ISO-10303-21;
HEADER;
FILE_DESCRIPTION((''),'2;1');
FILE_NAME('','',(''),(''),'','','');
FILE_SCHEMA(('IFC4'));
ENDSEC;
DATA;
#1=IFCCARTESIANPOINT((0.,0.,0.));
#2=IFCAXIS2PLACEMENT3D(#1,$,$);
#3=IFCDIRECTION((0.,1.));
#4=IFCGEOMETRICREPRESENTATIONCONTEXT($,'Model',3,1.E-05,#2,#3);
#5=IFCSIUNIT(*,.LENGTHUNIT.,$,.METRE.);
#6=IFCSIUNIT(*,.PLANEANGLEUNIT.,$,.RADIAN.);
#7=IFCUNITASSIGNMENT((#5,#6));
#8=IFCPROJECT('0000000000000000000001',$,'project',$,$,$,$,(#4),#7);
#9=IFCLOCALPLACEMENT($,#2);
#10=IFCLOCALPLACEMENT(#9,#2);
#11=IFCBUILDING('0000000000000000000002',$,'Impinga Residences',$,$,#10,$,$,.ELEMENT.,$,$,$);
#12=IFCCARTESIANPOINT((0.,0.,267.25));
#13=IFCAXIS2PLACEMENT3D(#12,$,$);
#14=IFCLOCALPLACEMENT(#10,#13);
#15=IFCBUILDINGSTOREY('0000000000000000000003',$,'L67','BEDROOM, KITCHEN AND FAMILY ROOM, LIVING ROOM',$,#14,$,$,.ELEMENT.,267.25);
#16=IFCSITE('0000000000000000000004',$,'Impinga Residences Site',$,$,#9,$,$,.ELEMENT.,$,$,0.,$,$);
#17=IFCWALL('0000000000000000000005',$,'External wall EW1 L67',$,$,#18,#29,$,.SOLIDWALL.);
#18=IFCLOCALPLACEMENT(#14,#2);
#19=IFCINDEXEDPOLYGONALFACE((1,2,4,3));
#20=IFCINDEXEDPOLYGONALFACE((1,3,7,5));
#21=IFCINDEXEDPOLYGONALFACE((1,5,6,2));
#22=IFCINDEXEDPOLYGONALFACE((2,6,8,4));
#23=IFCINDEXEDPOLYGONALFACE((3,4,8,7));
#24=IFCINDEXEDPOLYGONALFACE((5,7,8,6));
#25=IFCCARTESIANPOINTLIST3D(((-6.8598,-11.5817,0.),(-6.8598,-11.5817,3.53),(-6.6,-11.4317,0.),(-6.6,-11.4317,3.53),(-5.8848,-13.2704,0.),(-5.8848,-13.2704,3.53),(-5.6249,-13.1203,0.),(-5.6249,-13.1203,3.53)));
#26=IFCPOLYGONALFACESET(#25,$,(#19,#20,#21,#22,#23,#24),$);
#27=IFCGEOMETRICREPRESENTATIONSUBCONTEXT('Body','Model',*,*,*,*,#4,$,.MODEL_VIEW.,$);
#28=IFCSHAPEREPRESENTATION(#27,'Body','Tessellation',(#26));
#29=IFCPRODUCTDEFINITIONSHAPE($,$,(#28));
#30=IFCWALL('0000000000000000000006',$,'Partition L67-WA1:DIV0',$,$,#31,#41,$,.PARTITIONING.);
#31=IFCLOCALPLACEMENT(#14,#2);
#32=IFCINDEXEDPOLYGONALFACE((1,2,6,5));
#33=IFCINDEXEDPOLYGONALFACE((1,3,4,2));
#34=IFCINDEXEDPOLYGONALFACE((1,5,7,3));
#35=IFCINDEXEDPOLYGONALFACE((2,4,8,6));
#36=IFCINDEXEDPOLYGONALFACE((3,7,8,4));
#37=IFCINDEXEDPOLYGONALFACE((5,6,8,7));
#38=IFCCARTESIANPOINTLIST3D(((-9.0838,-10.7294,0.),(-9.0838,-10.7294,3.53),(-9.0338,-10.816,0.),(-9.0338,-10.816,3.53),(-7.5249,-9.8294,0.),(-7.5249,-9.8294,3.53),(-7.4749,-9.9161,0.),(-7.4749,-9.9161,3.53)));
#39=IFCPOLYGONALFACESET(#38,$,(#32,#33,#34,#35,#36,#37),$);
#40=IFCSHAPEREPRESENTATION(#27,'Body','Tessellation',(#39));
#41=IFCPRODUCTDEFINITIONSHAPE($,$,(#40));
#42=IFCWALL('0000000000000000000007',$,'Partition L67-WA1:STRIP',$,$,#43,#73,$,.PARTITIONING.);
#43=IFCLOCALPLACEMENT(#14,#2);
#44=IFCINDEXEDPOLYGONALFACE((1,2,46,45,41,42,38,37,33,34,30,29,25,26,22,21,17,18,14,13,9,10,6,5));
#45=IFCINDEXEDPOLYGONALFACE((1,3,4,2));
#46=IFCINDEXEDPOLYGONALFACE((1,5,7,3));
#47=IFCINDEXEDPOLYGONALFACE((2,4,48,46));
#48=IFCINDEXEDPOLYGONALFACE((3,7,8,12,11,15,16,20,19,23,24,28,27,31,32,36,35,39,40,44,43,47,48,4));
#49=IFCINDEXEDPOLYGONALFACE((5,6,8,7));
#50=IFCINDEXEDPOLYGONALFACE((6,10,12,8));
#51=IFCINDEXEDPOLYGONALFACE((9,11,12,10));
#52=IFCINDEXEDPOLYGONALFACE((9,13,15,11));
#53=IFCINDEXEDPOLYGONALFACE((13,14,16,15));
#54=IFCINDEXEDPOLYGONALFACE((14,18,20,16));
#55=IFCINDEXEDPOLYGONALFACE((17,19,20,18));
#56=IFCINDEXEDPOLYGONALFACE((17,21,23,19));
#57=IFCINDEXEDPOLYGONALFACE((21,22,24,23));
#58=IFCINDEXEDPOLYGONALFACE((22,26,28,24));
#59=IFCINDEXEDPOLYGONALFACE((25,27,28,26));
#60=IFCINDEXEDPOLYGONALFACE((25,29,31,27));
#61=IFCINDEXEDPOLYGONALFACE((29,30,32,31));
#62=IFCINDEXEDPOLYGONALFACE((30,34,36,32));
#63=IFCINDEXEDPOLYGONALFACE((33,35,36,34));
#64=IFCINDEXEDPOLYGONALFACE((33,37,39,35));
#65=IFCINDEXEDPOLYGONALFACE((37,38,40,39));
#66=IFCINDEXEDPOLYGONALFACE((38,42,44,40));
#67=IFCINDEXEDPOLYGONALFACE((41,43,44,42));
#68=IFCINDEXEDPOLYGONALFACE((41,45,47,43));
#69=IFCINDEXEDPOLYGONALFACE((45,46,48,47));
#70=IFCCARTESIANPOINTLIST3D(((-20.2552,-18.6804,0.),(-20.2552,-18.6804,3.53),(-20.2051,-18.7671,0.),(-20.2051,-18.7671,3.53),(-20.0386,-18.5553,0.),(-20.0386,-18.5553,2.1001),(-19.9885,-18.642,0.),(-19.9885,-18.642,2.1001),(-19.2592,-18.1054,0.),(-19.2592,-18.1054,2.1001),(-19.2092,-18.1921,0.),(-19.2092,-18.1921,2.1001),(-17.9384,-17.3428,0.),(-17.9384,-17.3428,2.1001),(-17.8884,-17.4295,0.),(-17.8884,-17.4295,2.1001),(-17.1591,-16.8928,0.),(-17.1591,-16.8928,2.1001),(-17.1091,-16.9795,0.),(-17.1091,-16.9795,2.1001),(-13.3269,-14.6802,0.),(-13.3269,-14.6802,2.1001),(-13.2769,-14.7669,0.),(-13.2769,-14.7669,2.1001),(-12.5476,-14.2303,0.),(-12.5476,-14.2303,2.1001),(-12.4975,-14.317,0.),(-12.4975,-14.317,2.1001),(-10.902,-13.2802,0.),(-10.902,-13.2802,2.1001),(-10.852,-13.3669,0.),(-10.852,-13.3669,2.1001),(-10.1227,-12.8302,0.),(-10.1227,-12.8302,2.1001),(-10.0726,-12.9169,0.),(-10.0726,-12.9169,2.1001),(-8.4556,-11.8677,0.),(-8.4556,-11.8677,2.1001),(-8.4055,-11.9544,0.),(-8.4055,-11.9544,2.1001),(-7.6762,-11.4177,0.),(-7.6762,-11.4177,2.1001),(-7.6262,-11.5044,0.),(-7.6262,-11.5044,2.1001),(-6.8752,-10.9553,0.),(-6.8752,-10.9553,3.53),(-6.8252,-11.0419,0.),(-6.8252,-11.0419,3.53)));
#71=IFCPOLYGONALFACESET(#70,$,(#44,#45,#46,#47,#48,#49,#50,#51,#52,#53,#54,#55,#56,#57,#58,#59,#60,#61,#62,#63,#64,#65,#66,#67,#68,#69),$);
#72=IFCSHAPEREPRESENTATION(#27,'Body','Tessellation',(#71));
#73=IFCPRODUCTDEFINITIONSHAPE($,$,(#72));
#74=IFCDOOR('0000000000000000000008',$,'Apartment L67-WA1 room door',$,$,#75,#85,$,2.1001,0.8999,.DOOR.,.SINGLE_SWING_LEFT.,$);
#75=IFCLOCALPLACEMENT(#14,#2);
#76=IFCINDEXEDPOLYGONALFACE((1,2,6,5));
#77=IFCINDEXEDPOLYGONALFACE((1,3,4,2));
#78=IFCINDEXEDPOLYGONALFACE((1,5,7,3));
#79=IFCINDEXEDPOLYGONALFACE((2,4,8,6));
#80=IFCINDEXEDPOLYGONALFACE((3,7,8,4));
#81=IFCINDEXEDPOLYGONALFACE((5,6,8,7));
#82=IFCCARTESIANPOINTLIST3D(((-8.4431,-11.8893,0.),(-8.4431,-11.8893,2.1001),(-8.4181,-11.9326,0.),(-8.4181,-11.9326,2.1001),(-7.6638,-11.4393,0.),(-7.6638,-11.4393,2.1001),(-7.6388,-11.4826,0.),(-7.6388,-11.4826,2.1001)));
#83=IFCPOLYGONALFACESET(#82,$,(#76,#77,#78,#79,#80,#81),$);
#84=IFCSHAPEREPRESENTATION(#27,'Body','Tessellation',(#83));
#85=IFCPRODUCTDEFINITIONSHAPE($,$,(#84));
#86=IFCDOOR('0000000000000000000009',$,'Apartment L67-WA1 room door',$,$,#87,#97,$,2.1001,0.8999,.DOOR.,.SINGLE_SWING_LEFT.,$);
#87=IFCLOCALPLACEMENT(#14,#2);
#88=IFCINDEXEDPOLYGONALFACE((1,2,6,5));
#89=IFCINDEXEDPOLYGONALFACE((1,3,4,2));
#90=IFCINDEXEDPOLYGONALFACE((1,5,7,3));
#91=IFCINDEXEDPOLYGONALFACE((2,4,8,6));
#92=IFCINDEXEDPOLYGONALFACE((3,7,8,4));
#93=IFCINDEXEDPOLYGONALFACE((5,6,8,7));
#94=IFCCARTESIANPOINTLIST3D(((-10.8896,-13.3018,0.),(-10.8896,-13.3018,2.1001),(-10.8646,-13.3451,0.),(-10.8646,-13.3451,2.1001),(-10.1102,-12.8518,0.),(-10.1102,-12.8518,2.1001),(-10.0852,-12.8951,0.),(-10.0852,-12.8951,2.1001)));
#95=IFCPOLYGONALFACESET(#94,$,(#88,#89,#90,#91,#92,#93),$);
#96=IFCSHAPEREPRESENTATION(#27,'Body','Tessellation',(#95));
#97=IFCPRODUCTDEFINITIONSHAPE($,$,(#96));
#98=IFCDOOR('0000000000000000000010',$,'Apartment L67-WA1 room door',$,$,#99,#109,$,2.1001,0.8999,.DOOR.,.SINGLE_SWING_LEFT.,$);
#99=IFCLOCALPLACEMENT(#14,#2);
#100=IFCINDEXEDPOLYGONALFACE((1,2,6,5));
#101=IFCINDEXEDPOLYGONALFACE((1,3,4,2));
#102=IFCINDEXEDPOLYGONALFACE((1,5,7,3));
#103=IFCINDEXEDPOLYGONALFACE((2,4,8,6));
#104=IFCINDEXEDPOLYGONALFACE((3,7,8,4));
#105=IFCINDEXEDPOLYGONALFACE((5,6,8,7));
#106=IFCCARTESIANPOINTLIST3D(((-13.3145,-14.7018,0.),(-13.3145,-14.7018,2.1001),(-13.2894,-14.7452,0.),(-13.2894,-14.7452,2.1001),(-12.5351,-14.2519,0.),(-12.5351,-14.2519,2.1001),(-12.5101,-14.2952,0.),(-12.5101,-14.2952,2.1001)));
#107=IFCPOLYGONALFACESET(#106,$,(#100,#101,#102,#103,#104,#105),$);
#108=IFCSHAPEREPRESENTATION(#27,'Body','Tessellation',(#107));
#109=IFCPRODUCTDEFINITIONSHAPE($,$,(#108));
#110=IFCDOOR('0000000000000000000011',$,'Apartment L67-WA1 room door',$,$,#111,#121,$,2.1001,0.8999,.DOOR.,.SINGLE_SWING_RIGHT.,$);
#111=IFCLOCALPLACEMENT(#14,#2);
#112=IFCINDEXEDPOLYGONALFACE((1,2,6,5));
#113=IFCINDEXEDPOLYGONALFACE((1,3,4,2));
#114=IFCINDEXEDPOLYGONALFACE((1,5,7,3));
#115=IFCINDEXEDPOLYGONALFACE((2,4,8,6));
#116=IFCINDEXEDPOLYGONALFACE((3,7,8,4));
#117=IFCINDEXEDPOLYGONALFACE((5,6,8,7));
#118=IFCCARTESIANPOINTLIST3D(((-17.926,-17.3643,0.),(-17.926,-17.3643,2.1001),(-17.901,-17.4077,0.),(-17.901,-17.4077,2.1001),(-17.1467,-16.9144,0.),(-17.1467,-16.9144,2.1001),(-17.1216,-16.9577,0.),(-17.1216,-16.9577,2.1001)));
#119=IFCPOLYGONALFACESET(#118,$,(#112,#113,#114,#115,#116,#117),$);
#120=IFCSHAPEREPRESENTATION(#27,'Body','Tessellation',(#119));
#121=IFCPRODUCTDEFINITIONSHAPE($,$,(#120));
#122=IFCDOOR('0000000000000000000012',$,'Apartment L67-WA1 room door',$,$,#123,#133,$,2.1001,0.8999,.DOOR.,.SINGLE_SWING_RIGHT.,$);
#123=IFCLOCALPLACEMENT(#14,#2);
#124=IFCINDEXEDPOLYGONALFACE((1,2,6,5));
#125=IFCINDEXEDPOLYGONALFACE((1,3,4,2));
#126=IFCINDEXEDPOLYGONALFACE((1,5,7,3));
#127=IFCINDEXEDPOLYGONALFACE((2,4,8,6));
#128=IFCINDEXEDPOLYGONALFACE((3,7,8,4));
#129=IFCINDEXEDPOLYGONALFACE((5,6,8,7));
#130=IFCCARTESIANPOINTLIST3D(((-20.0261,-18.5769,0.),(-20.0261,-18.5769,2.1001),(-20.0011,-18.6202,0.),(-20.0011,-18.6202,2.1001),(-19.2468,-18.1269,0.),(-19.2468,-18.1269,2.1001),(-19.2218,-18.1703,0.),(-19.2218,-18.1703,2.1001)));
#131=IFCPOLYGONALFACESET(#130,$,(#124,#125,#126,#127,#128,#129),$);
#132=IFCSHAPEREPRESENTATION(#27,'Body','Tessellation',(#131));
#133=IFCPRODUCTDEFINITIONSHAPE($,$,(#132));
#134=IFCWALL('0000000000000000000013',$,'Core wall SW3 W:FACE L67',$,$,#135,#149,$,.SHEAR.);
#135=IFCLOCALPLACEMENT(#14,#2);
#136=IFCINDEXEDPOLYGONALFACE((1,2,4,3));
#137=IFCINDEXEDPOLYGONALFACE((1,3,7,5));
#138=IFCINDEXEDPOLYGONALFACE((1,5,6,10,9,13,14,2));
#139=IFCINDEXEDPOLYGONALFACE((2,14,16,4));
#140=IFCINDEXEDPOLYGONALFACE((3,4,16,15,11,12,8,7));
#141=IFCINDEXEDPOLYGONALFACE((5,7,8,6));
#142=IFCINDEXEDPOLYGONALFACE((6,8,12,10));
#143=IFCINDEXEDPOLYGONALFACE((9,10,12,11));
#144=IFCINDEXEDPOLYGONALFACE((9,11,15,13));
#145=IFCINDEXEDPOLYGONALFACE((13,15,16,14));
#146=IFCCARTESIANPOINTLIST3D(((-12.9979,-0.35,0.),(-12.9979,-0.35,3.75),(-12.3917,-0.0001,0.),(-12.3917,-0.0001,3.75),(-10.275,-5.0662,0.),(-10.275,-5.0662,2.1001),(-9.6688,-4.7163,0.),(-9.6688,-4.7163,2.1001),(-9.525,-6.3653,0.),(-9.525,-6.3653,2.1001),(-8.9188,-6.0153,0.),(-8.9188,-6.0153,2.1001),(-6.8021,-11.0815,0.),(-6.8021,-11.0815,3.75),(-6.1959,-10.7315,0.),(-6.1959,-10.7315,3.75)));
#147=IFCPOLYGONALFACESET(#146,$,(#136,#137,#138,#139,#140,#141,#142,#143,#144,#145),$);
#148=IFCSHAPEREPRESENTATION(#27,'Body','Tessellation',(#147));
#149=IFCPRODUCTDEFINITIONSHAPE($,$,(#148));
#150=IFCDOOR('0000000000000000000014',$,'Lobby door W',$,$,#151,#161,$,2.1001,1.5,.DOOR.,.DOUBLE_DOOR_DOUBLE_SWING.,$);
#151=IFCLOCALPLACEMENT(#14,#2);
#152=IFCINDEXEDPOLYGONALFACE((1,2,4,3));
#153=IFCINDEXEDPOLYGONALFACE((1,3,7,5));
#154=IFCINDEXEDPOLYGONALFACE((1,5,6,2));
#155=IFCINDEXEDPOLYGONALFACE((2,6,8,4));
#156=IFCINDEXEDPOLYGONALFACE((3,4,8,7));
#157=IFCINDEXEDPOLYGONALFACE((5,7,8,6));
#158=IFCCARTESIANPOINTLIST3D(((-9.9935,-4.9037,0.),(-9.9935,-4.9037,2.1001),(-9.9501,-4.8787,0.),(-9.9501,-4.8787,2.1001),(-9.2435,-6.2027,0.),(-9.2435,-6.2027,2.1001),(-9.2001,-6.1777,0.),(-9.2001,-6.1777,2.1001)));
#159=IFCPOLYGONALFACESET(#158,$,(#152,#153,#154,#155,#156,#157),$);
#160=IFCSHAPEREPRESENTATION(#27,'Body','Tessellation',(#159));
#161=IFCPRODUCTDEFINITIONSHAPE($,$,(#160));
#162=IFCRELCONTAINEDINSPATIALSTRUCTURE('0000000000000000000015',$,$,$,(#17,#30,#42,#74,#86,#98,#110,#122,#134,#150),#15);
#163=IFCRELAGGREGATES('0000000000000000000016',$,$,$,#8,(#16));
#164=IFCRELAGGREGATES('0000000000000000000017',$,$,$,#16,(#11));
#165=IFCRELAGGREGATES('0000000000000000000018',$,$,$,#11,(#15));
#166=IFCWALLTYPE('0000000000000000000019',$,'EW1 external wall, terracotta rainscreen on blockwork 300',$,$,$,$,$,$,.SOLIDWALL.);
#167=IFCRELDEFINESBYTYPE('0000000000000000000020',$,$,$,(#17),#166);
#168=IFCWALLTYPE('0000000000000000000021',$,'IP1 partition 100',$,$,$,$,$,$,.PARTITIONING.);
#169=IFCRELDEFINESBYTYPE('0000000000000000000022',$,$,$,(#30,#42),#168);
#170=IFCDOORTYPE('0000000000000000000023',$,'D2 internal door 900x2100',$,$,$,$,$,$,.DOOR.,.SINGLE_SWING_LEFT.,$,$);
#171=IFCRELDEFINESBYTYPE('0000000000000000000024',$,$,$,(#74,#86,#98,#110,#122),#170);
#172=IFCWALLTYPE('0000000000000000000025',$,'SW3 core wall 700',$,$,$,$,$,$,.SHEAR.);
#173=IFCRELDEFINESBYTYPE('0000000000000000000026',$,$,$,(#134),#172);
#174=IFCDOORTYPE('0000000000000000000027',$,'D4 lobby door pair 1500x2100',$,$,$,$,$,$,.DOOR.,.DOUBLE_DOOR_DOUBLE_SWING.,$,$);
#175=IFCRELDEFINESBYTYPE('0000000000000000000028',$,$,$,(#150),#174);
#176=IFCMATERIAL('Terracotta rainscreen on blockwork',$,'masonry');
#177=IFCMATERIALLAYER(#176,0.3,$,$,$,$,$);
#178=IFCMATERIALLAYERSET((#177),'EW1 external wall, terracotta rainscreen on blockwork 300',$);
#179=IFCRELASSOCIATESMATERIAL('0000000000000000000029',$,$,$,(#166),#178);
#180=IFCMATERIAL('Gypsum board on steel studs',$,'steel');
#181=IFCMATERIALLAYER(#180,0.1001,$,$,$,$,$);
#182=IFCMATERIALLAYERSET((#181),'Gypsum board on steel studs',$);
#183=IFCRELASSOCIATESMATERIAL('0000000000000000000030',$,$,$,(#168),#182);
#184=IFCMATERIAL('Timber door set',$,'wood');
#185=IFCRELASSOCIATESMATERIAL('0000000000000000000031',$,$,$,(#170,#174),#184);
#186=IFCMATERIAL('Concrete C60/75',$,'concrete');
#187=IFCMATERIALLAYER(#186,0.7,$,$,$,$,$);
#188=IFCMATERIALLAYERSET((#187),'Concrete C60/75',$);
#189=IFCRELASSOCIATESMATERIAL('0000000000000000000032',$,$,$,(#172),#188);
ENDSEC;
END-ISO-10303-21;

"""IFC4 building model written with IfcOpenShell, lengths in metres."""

from ifc_helpers import new_model, si_unit, direction, frame, frame_2d, origin, place, context, subcontext, project, spatial, rectangle, extrude, material, layer, layer_set, type_object, element, fill, save


model = new_model("IFC4")

# Units and contexts
model_context = context("Model", 3, precision=1e-05, world=origin(), true_north=direction((0.0, 1.0)))
body_context = subcontext(model_context, "Body", "Model", "MODEL_VIEW")
ifc_project = project(units=[si_unit("LENGTHUNIT", "METRE"), si_unit("PLANEANGLEUNIT", "RADIAN")], contexts=[model_context])

# Site, building, storey
site_placement = place(None, origin())
site = spatial("IfcSite", under=ifc_project, at=site_placement, Name="Impinga Residences Site", CompositionType="ELEMENT", RefElevation=0.0)
building_placement = place(site_placement, origin())
building = spatial("IfcBuilding", under=site, at=building_placement, Name="Impinga Residences", CompositionType="ELEMENT")
storey_placement = place(building_placement, frame((0.0, 0.0, 267.25)))
storey = spatial("IfcBuildingStorey", under=building, at=storey_placement, Name="L67", Description="BEDROOM, KITCHEN AND FAMILY ROOM, LIVING ROOM", CompositionType="ELEMENT", Elevation=267.25)

# Walls
ifc_material_1 = material(Name="Terracotta rainscreen on blockwork", Category="masonry")
ifc_layer_1 = layer(ifc_material_1, 0.3)
ifc_layer_set_1 = layer_set([ifc_layer_1], Name="EW1 external wall, terracotta rainscreen on blockwork 300")
wall_type_1 = type_object("IfcWallType", Name="EW1 external wall, terracotta rainscreen on blockwork 300", PredefinedType="SOLIDWALL", material=ifc_layer_set_1)
wall_1_placement = place(storey_placement, frame((-6.73, -11.5066, 0.0), z_axis=(0.0, 0.0, 1.0), x_axis=(0.500044, -0.866, 0.0)))
element("IfcWall", 1, at=wall_1_placement, inside=storey, type_object=wall_type_1, Name="External wall EW1 L67", PredefinedType="SOLIDWALL", context=body_context, shape_type="SweptSolid", body=[
    extrude(rectangle(XDim=1.95, YDim=0.3, at=frame_2d((0.9751, 0.0))), origin(), (0.0, 0.0, 1.0), 3.53),
])
ifc_material_2 = material(Name="Gypsum board on steel studs", Category="steel")
ifc_layer_2 = layer(ifc_material_2, 0.1001)
ifc_layer_set_2 = layer_set([ifc_layer_2], Name="Gypsum board on steel studs")
wall_type_2 = type_object("IfcWallType", Name="IP1 partition 100", PredefinedType="PARTITIONING", material=ifc_layer_set_2)
wall_2_placement = place(storey_placement, frame((-7.5, -9.8728, 0.0), z_axis=(0.0, 0.0, 1.0), x_axis=(-0.866048, -0.499961, 0.0)))
element("IfcWall", 2, at=wall_2_placement, inside=storey, type_object=wall_type_2, Name="Partition L67-WA1:DIV0", PredefinedType="PARTITIONING", context=body_context, shape_type="SweptSolid", body=[
    extrude(rectangle(XDim=1.8, YDim=0.1001, at=frame_2d((0.8999, 0.0))), origin(), (0.0, 0.0, 1.0), 3.53),
])

# Wall, openings, doors
wall_3_placement = place(storey_placement, frame((-6.8501, -10.9985, 0.0), z_axis=(0.0, 0.0, 1.0), x_axis=(-0.866019, -0.500011, 0.0)))
wall_3 = element("IfcWall", 3, at=wall_3_placement, inside=storey, type_object=wall_type_2, Name="Partition L67-WA1:STRIP", PredefinedType="PARTITIONING", context=body_context, shape_type="SweptSolid", body=[
    extrude(rectangle(XDim=15.45, YDim=0.1001, at=frame_2d((7.7251, 0.0))), origin(), (0.0, 0.0, 1.0), 3.53),
])
opening_1_placement = place(wall_3_placement, frame((0.925, 0.0, 0.0)))
opening_1 = element("IfcOpeningElement", 4, at=opening_1_placement, cuts=wall_3, PredefinedType="OPENING", context=body_context, shape_type="SweptSolid", body=[
    extrude(rectangle(XDim=0.8999, YDim=2.1001, at=frame_2d((0.45, 1.05))), frame((0.0, 0.0601, 0.0), z_axis=(0.0, -1.0, 0.0), x_axis=(1.0, 0.0, 0.0)), (0.0, 0.0, 1.0), 0.1201),
])
opening_2_placement = place(wall_3_placement, frame((3.75, 0.0, 0.0)))
opening_2 = element("IfcOpeningElement", 5, at=opening_2_placement, cuts=wall_3, PredefinedType="OPENING", context=body_context, shape_type="SweptSolid", body=[
    extrude(rectangle(XDim=0.8999, YDim=2.1001, at=frame_2d((0.45, 1.05))), frame((0.0, 0.0601, 0.0), z_axis=(0.0, -1.0, 0.0), x_axis=(1.0, 0.0, 0.0)), (0.0, 0.0, 1.0), 0.1201),
])
opening_3_placement = place(wall_3_placement, frame((6.55, 0.0, 0.0)))
opening_3 = element("IfcOpeningElement", 6, at=opening_3_placement, cuts=wall_3, PredefinedType="OPENING", context=body_context, shape_type="SweptSolid", body=[
    extrude(rectangle(XDim=0.8999, YDim=2.1001, at=frame_2d((0.45, 1.05))), frame((0.0, 0.0601, 0.0), z_axis=(0.0, -1.0, 0.0), x_axis=(1.0, 0.0, 0.0)), (0.0, 0.0, 1.0), 0.1201),
])
opening_4_placement = place(wall_3_placement, frame((11.875, 0.0, 0.0)))
opening_4 = element("IfcOpeningElement", 7, at=opening_4_placement, cuts=wall_3, PredefinedType="OPENING", context=body_context, shape_type="SweptSolid", body=[
    extrude(rectangle(XDim=0.8999, YDim=2.1001, at=frame_2d((0.45, 1.05))), frame((0.0, 0.0601, 0.0), z_axis=(0.0, -1.0, 0.0), x_axis=(1.0, 0.0, 0.0)), (0.0, 0.0, 1.0), 0.1201),
])
opening_5_placement = place(wall_3_placement, frame((14.3, 0.0, 0.0)))
opening_5 = element("IfcOpeningElement", 8, at=opening_5_placement, cuts=wall_3, PredefinedType="OPENING", context=body_context, shape_type="SweptSolid", body=[
    extrude(rectangle(XDim=0.8999, YDim=2.1001, at=frame_2d((0.45, 1.05))), frame((0.0, 0.0601, 0.0), z_axis=(0.0, -1.0, 0.0), x_axis=(1.0, 0.0, 0.0)), (0.0, 0.0, 1.0), 0.1201),
])
ifc_material_3 = material(Name="Timber door set", Category="wood")
door_type_1 = type_object("IfcDoorType", Name="D2 internal door 900x2100", OperationType="SINGLE_SWING_LEFT", PredefinedType="DOOR", material=ifc_material_3)
door_1_placement = place(opening_1_placement, origin())
door_1 = element("IfcDoor", 9, at=door_1_placement, inside=storey, type_object=door_type_1, Name="Apartment L67-WA1 room door", OperationType="SINGLE_SWING_LEFT", OverallHeight=2.1001, OverallWidth=0.8999, PredefinedType="DOOR", context=body_context, shape_type="SweptSolid", body=[
    extrude(rectangle(XDim=0.8999, YDim=2.1001, at=frame_2d((0.45, 1.05))), frame((0.0, 0.0249, 0.0), z_axis=(0.0, -1.0, 0.0), x_axis=(1.0, 0.0, 0.0)), (0.0, 0.0, 1.0), 0.05),
])
fill(opening_1, door_1)
door_2_placement = place(opening_2_placement, origin())
door_2 = element("IfcDoor", 10, at=door_2_placement, inside=storey, type_object=door_type_1, Name="Apartment L67-WA1 room door", OperationType="SINGLE_SWING_LEFT", OverallHeight=2.1001, OverallWidth=0.8999, PredefinedType="DOOR", context=body_context, shape_type="SweptSolid", body=[
    extrude(rectangle(XDim=0.8999, YDim=2.1001, at=frame_2d((0.45, 1.05))), frame((0.0, 0.0249, 0.0), z_axis=(0.0, -1.0, 0.0), x_axis=(1.0, 0.0, 0.0)), (0.0, 0.0, 1.0), 0.05),
])
fill(opening_2, door_2)
door_3_placement = place(opening_3_placement, origin())
door_3 = element("IfcDoor", 11, at=door_3_placement, inside=storey, type_object=door_type_1, Name="Apartment L67-WA1 room door", OperationType="SINGLE_SWING_LEFT", OverallHeight=2.1001, OverallWidth=0.8999, PredefinedType="DOOR", context=body_context, shape_type="SweptSolid", body=[
    extrude(rectangle(XDim=0.8999, YDim=2.1001, at=frame_2d((0.45, 1.05))), frame((0.0, 0.0249, 0.0), z_axis=(0.0, -1.0, 0.0), x_axis=(1.0, 0.0, 0.0)), (0.0, 0.0, 1.0), 0.05),
])
fill(opening_3, door_3)
door_4_placement = place(opening_4_placement, origin())
door_4 = element("IfcDoor", 12, at=door_4_placement, inside=storey, type_object=door_type_1, Name="Apartment L67-WA1 room door", OperationType="SINGLE_SWING_RIGHT", OverallHeight=2.1001, OverallWidth=0.8999, PredefinedType="DOOR", context=body_context, shape_type="SweptSolid", body=[
    extrude(rectangle(XDim=0.8999, YDim=2.1001, at=frame_2d((0.45, 1.05))), frame((0.0, 0.0249, 0.0), z_axis=(0.0, -1.0, 0.0), x_axis=(1.0, 0.0, 0.0)), (0.0, 0.0, 1.0), 0.05),
])
fill(opening_4, door_4)
door_5_placement = place(opening_5_placement, origin())
door_5 = element("IfcDoor", 13, at=door_5_placement, inside=storey, type_object=door_type_1, Name="Apartment L67-WA1 room door", OperationType="SINGLE_SWING_RIGHT", OverallHeight=2.1001, OverallWidth=0.8999, PredefinedType="DOOR", context=body_context, shape_type="SweptSolid", body=[
    extrude(rectangle(XDim=0.8999, YDim=2.1001, at=frame_2d((0.45, 1.05))), frame((0.0, 0.0249, 0.0), z_axis=(0.0, -1.0, 0.0), x_axis=(1.0, 0.0, 0.0)), (0.0, 0.0, 1.0), 0.05),
])
fill(opening_5, door_5)

# Wall, opening, door
ifc_material_4 = material(Name="Concrete C60/75", Category="concrete")
ifc_layer_3 = layer(ifc_material_4, 0.7)
ifc_layer_set_3 = layer_set([ifc_layer_3], Name="Concrete C60/75")
wall_type_3 = type_object("IfcWallType", Name="SW3 core wall 700", PredefinedType="SHEAR", material=ifc_layer_set_3)
wall_4_placement = place(storey_placement, frame((-6.499, -10.9065, 0.0), z_axis=(0.0, 0.0, 1.0), x_axis=(-0.5, 0.866025, 0.0)))
wall_4 = element("IfcWall", 14, at=wall_4_placement, inside=storey, type_object=wall_type_3, Name="Core wall SW3 W:FACE L67", PredefinedType="SHEAR", context=body_context, shape_type="SweptSolid", body=[
    extrude(rectangle(XDim=12.3916, YDim=0.7, at=frame_2d((6.1958, 0.0))), origin(), (0.0, 0.0, 1.0), 3.75),
])
opening_6_placement = place(wall_4_placement, frame((5.4458, 0.0, 0.0)))
opening_6 = element("IfcOpeningElement", 15, at=opening_6_placement, cuts=wall_4, PredefinedType="OPENING", context=body_context, shape_type="SweptSolid", body=[
    extrude(rectangle(XDim=1.5, YDim=2.1001, at=frame_2d((0.75, 1.05))), frame((0.0, 0.3599, 0.0), z_axis=(0.0, -1.0, 0.0), x_axis=(1.0, 0.0, 0.0)), (0.0, 0.0, 1.0), 0.72),
])
door_type_2 = type_object("IfcDoorType", Name="D4 lobby door pair 1500x2100", OperationType="DOUBLE_DOOR_DOUBLE_SWING", PredefinedType="DOOR", material=ifc_material_3)
door_6_placement = place(opening_6_placement, origin())
door_6 = element("IfcDoor", 16, at=door_6_placement, inside=storey, type_object=door_type_2, Name="Lobby door W", OperationType="DOUBLE_DOOR_DOUBLE_SWING", OverallHeight=2.1001, OverallWidth=1.5, PredefinedType="DOOR", context=body_context, shape_type="SweptSolid", body=[
    extrude(rectangle(XDim=1.5, YDim=2.1001, at=frame_2d((0.75, 1.05))), frame((0.0, 0.0249, 0.0), z_axis=(0.0, -1.0, 0.0), x_axis=(1.0, 0.0, 0.0)), (0.0, 0.0, 1.0), 0.05),
])
fill(opening_6, door_6)

save(model, "model.ifc")
